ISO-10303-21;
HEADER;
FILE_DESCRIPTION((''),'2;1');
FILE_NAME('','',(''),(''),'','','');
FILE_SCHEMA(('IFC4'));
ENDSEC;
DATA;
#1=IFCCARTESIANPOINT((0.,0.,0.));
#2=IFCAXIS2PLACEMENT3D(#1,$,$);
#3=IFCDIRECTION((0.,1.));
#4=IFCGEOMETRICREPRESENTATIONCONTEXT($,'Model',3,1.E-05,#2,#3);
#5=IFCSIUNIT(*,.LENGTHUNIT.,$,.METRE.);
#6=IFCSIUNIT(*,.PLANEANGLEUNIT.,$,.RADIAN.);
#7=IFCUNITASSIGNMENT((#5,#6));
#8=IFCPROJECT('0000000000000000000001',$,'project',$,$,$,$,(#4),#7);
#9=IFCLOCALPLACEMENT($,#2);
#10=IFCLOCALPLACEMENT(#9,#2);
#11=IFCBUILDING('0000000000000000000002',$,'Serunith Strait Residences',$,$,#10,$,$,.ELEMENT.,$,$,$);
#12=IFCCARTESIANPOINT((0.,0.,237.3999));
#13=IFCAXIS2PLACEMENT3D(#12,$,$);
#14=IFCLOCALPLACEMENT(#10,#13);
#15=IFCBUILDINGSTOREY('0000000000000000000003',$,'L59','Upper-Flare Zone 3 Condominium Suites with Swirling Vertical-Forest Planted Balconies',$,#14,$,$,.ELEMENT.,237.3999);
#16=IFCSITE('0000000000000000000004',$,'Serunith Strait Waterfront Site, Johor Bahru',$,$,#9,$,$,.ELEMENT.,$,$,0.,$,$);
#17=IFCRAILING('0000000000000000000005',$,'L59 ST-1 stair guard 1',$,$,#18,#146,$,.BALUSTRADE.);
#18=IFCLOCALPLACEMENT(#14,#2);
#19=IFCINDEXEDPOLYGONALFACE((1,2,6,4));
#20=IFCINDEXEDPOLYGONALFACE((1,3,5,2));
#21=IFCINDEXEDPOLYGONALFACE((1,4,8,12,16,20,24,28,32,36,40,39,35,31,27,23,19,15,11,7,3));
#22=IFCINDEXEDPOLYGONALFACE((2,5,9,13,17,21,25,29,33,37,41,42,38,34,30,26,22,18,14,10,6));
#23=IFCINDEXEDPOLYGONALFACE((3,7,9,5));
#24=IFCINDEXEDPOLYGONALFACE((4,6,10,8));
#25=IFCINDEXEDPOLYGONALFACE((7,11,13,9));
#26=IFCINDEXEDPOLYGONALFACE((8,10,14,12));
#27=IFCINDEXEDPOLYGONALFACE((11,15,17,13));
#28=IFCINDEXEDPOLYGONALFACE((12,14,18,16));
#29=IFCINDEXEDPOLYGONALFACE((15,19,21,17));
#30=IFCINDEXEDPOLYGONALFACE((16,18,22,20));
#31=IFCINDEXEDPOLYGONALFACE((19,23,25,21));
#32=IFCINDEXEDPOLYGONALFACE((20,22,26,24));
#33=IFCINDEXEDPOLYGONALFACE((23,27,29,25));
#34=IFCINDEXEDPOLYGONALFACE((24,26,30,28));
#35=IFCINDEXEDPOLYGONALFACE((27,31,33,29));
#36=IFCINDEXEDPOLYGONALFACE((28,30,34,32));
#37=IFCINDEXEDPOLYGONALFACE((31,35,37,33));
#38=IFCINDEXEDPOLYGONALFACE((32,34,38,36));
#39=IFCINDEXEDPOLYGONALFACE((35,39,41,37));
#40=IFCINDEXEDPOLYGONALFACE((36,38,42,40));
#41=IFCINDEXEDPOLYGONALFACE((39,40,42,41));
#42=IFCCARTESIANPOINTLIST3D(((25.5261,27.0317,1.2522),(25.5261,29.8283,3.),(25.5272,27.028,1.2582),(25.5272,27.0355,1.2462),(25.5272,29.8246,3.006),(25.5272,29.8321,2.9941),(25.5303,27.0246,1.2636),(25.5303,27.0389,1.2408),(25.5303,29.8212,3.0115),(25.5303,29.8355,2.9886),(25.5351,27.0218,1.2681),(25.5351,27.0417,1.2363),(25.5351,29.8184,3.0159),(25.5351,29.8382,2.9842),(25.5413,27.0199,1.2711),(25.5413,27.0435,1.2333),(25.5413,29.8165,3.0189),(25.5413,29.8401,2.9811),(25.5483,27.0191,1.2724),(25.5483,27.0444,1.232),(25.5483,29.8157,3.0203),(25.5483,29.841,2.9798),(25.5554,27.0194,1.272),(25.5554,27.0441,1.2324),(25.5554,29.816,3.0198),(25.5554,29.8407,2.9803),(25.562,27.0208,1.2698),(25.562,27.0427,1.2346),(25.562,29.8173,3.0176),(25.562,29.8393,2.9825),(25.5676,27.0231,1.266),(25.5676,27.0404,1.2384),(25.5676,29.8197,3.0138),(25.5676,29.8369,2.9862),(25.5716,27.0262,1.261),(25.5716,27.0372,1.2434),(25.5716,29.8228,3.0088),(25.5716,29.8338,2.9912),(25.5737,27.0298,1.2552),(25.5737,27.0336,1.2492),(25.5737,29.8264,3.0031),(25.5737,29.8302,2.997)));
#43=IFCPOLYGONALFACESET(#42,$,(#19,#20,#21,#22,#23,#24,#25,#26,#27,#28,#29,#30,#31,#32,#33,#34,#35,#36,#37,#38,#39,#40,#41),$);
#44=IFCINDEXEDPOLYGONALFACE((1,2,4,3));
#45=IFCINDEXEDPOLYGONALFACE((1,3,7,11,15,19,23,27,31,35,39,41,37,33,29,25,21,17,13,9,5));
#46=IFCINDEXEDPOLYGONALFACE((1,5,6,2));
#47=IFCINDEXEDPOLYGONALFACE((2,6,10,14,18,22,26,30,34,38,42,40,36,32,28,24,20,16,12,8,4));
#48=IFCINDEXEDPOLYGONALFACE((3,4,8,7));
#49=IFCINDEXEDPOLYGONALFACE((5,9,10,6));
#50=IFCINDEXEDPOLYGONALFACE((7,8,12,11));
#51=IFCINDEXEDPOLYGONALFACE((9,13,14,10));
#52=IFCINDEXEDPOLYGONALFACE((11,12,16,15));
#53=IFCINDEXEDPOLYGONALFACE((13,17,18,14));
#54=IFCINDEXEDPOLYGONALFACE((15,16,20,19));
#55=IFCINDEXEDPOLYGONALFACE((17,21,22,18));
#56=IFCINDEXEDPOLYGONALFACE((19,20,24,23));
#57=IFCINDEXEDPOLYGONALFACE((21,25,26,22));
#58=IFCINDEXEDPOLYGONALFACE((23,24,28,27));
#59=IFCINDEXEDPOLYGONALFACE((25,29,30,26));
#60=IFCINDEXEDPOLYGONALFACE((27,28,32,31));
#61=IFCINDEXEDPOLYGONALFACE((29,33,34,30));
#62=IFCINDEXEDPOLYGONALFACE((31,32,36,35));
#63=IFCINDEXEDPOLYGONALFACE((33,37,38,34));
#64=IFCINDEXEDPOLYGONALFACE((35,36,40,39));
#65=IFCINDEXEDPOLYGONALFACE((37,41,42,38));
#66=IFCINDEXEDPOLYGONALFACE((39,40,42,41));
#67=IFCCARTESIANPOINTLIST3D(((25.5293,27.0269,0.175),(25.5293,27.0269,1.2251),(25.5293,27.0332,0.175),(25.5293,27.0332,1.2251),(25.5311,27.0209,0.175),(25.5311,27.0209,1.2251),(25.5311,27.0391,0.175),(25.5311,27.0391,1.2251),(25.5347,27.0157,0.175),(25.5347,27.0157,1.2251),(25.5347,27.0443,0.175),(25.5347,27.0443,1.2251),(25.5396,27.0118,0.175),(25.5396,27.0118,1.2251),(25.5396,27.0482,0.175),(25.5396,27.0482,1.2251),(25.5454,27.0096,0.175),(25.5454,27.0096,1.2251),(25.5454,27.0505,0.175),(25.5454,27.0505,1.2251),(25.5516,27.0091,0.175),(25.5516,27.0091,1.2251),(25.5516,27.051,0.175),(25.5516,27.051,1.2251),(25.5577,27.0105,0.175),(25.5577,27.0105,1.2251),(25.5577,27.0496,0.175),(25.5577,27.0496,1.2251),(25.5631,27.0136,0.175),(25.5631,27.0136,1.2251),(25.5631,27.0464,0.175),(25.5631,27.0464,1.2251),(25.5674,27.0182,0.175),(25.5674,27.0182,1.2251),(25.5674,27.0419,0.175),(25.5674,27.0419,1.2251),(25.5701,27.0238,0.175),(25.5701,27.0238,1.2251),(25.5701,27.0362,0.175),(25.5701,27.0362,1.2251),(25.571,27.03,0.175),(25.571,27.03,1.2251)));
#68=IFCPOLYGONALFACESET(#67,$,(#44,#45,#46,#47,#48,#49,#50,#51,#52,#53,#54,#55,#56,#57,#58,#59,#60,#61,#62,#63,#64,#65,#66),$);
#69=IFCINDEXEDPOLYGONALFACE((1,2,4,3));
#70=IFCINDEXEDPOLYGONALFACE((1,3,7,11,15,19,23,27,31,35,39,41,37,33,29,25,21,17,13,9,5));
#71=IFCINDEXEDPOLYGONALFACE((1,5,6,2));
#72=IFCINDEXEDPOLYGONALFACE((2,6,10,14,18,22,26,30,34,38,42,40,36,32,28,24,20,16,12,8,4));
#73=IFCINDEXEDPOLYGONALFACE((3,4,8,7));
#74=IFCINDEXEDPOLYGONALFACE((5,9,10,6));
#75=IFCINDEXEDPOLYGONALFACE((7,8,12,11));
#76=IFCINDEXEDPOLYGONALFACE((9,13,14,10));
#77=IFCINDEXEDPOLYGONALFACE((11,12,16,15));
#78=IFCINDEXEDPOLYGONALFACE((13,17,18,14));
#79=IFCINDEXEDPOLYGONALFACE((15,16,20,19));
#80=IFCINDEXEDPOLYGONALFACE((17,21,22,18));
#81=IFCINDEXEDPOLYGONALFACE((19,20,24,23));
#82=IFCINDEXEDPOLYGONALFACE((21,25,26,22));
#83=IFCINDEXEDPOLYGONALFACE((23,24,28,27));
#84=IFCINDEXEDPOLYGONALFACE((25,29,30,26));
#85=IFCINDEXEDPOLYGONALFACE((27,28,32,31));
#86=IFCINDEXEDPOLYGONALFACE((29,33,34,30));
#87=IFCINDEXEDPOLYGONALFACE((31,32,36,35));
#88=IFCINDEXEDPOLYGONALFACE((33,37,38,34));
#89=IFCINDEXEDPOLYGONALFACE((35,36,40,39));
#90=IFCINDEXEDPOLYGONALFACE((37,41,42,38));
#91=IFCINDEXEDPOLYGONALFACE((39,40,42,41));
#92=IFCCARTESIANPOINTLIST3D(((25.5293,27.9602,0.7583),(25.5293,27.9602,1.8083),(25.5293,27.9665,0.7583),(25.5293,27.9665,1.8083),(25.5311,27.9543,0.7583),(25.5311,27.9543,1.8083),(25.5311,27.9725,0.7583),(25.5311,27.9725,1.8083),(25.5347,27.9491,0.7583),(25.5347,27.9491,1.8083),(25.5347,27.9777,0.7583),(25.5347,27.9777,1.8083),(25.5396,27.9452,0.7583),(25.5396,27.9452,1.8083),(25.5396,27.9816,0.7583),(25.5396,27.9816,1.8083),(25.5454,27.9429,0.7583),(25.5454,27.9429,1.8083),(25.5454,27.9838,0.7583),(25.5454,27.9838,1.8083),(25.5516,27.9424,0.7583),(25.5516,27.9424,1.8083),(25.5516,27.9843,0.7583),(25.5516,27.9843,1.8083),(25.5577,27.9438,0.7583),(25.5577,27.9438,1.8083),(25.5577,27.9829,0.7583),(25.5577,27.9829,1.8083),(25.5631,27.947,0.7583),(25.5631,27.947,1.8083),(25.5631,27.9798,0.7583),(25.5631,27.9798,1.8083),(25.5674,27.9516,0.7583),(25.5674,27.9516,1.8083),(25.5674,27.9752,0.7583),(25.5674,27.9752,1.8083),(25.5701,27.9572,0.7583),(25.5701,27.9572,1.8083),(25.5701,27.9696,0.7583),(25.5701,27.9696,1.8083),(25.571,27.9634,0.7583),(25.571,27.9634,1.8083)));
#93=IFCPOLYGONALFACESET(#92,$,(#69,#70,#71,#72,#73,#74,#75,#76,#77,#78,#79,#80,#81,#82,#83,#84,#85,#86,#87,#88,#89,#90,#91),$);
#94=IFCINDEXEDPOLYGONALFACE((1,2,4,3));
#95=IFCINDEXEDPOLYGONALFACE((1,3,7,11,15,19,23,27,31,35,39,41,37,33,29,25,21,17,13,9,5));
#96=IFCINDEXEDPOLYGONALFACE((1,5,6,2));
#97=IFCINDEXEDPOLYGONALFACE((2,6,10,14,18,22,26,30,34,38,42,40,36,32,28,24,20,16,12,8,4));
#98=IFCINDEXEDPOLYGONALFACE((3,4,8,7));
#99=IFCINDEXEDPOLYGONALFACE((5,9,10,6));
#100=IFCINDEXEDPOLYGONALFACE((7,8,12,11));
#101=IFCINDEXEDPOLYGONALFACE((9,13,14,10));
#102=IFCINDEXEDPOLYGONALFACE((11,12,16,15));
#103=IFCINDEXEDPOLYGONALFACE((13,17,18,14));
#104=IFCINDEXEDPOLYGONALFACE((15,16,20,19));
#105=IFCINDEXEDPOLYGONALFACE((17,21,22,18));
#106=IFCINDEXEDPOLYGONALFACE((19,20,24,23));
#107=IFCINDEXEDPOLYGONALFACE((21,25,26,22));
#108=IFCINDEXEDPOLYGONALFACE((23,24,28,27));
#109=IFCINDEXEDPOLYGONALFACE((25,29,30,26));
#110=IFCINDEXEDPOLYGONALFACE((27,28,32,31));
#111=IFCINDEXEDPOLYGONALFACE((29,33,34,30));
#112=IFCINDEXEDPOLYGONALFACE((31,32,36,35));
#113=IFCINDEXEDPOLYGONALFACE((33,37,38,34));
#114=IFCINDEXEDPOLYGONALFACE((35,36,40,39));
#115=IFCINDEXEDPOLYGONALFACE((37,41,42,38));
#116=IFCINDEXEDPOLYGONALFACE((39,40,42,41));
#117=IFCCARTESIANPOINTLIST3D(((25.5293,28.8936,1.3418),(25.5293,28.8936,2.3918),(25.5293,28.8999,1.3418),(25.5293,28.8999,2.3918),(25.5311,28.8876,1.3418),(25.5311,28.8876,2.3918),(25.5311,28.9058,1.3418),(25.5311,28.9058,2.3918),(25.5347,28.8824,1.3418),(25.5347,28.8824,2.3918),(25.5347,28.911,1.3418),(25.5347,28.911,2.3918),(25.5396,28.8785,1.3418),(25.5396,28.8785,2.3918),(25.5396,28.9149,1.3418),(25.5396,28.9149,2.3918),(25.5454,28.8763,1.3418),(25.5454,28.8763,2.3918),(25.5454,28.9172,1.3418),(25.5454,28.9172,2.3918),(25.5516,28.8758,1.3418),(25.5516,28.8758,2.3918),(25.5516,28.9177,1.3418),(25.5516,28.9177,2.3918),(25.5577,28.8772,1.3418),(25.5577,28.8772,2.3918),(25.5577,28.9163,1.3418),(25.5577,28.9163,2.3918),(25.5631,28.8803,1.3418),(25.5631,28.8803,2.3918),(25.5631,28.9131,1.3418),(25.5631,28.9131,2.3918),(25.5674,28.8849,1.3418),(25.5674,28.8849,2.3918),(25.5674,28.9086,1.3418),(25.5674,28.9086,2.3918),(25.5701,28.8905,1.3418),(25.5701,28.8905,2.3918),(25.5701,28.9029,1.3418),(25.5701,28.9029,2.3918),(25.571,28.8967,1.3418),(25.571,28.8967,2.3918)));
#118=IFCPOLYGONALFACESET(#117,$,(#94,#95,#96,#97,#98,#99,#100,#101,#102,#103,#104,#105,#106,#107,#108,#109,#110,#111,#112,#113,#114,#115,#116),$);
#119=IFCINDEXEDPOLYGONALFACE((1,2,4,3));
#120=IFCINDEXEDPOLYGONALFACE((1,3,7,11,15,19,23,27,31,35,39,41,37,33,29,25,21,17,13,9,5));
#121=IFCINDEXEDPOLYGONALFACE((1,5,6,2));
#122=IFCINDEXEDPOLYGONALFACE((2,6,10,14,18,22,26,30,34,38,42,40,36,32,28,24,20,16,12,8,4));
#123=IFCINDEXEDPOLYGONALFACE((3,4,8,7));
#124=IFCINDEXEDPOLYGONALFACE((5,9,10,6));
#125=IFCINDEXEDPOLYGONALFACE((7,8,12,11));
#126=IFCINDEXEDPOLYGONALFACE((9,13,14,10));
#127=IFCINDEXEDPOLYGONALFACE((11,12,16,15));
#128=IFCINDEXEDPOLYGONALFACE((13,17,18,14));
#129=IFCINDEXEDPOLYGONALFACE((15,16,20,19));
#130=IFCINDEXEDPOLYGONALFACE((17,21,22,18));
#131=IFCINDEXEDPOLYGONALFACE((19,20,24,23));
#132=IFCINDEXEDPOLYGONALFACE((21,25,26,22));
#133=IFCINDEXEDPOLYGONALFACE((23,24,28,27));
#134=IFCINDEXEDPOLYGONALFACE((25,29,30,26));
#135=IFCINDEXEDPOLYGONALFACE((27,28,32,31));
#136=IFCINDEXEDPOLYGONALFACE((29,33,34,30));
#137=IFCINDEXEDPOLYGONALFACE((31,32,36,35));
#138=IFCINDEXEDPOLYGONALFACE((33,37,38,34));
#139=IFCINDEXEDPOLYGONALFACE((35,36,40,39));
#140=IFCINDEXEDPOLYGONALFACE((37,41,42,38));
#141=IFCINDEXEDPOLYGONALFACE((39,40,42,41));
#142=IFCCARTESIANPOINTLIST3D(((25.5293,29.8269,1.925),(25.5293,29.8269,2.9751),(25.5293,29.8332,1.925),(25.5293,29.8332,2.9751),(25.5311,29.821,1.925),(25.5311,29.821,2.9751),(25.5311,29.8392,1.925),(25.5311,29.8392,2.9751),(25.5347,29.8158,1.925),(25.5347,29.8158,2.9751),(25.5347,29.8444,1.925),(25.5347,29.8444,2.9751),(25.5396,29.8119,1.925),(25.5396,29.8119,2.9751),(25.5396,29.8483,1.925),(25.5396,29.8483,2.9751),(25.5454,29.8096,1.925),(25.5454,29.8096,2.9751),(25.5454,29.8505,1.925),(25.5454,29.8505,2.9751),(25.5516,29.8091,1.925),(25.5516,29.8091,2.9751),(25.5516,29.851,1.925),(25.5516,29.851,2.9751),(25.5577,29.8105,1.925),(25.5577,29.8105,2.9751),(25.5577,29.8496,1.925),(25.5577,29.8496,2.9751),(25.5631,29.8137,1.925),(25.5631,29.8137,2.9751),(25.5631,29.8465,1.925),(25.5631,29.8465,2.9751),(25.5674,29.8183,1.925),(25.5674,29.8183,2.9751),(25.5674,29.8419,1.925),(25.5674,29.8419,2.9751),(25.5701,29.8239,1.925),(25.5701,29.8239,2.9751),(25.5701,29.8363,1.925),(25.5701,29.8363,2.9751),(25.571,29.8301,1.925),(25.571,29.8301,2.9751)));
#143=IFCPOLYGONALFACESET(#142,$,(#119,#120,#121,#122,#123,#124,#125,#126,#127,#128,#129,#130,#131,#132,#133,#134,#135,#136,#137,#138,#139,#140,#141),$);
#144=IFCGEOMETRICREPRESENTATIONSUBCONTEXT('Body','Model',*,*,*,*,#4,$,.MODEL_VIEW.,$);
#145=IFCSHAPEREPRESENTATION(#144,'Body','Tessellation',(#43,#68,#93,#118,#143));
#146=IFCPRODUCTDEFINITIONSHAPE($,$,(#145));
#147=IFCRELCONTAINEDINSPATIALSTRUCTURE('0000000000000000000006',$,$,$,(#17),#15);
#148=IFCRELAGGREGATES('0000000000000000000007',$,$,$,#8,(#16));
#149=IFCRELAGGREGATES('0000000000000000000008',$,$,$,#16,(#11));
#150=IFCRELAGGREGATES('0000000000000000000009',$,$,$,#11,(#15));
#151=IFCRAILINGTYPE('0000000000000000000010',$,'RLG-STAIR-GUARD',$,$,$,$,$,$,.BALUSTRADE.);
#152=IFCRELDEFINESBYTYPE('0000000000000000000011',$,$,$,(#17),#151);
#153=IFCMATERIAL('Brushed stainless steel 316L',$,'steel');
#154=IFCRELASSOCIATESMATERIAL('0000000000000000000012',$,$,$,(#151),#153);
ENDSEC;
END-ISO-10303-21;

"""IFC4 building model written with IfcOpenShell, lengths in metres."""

from ifc_helpers import new_model, si_unit, direction, frame, origin, origin_2d, place, context, subcontext, project, spatial, circle, extrude, material, type_object, element, save


model = new_model("IFC4")

# Units and contexts
model_context = context("Model", 3, precision=1e-05, world=origin(), true_north=direction((0.0, 1.0)))
body_context = subcontext(model_context, "Body", "Model", "MODEL_VIEW")
ifc_project = project(units=[si_unit("LENGTHUNIT", "METRE"), si_unit("PLANEANGLEUNIT", "RADIAN")], contexts=[model_context])

# Site, building, storey
site_placement = place(None, origin())
site = spatial("IfcSite", under=ifc_project, at=site_placement, Name="Serunith Strait Waterfront Site, Johor Bahru", CompositionType="ELEMENT", RefElevation=0.0)
building_placement = place(site_placement, origin())
building = spatial("IfcBuilding", under=site, at=building_placement, Name="Serunith Strait Residences", CompositionType="ELEMENT")
storey_placement = place(building_placement, frame((0.0, 0.0, 237.3999)))
storey = spatial("IfcBuildingStorey", under=building, at=storey_placement, Name="L59", Description="Upper-Flare Zone 3 Condominium Suites with Swirling Vertical-Forest Planted Balconies", CompositionType="ELEMENT", Elevation=237.3999)

# Railing
ifc_material_1 = material(Name="Brushed stainless steel 316L", Category="steel")
railing_type_1 = type_object("IfcRailingType", Name="RLG-STAIR-GUARD", PredefinedType="BALUSTRADE", material=ifc_material_1)
railing_1_placement = place(storey_placement, frame((25.55, 27.03, 0.175)))
element("IfcRailing", 1, at=railing_1_placement, inside=storey, type_object=railing_type_1, Name="L59 ST-1 stair guard 1", PredefinedType="BALUSTRADE", context=body_context, shape_type="SweptSolid", body=[
    extrude(circle(Radius=0.0239, at=origin_2d()), frame((0.0, 0.0017, 1.0771), z_axis=(0.0, 0.848002, 0.529992), x_axis=(-1.0, 0.0, 0.0)), (0.0, 0.0, 1.0), 3.2979),
    extrude(circle(Radius=0.021, at=origin_2d()), origin(), (0.0, 0.0, 1.0), 1.05),
    extrude(circle(Radius=0.021, at=origin_2d()), frame((0.0, 0.9333, 0.5833)), (0.0, 0.0, 1.0), 1.05),
    extrude(circle(Radius=0.021, at=origin_2d()), frame((0.0, 1.8667, 1.1667)), (0.0, 0.0, 1.0), 1.05),
    extrude(circle(Radius=0.021, at=origin_2d()), frame((0.0, 2.8, 1.75)), (0.0, 0.0, 1.0), 1.05),
])

save(model, "model.ifc")
